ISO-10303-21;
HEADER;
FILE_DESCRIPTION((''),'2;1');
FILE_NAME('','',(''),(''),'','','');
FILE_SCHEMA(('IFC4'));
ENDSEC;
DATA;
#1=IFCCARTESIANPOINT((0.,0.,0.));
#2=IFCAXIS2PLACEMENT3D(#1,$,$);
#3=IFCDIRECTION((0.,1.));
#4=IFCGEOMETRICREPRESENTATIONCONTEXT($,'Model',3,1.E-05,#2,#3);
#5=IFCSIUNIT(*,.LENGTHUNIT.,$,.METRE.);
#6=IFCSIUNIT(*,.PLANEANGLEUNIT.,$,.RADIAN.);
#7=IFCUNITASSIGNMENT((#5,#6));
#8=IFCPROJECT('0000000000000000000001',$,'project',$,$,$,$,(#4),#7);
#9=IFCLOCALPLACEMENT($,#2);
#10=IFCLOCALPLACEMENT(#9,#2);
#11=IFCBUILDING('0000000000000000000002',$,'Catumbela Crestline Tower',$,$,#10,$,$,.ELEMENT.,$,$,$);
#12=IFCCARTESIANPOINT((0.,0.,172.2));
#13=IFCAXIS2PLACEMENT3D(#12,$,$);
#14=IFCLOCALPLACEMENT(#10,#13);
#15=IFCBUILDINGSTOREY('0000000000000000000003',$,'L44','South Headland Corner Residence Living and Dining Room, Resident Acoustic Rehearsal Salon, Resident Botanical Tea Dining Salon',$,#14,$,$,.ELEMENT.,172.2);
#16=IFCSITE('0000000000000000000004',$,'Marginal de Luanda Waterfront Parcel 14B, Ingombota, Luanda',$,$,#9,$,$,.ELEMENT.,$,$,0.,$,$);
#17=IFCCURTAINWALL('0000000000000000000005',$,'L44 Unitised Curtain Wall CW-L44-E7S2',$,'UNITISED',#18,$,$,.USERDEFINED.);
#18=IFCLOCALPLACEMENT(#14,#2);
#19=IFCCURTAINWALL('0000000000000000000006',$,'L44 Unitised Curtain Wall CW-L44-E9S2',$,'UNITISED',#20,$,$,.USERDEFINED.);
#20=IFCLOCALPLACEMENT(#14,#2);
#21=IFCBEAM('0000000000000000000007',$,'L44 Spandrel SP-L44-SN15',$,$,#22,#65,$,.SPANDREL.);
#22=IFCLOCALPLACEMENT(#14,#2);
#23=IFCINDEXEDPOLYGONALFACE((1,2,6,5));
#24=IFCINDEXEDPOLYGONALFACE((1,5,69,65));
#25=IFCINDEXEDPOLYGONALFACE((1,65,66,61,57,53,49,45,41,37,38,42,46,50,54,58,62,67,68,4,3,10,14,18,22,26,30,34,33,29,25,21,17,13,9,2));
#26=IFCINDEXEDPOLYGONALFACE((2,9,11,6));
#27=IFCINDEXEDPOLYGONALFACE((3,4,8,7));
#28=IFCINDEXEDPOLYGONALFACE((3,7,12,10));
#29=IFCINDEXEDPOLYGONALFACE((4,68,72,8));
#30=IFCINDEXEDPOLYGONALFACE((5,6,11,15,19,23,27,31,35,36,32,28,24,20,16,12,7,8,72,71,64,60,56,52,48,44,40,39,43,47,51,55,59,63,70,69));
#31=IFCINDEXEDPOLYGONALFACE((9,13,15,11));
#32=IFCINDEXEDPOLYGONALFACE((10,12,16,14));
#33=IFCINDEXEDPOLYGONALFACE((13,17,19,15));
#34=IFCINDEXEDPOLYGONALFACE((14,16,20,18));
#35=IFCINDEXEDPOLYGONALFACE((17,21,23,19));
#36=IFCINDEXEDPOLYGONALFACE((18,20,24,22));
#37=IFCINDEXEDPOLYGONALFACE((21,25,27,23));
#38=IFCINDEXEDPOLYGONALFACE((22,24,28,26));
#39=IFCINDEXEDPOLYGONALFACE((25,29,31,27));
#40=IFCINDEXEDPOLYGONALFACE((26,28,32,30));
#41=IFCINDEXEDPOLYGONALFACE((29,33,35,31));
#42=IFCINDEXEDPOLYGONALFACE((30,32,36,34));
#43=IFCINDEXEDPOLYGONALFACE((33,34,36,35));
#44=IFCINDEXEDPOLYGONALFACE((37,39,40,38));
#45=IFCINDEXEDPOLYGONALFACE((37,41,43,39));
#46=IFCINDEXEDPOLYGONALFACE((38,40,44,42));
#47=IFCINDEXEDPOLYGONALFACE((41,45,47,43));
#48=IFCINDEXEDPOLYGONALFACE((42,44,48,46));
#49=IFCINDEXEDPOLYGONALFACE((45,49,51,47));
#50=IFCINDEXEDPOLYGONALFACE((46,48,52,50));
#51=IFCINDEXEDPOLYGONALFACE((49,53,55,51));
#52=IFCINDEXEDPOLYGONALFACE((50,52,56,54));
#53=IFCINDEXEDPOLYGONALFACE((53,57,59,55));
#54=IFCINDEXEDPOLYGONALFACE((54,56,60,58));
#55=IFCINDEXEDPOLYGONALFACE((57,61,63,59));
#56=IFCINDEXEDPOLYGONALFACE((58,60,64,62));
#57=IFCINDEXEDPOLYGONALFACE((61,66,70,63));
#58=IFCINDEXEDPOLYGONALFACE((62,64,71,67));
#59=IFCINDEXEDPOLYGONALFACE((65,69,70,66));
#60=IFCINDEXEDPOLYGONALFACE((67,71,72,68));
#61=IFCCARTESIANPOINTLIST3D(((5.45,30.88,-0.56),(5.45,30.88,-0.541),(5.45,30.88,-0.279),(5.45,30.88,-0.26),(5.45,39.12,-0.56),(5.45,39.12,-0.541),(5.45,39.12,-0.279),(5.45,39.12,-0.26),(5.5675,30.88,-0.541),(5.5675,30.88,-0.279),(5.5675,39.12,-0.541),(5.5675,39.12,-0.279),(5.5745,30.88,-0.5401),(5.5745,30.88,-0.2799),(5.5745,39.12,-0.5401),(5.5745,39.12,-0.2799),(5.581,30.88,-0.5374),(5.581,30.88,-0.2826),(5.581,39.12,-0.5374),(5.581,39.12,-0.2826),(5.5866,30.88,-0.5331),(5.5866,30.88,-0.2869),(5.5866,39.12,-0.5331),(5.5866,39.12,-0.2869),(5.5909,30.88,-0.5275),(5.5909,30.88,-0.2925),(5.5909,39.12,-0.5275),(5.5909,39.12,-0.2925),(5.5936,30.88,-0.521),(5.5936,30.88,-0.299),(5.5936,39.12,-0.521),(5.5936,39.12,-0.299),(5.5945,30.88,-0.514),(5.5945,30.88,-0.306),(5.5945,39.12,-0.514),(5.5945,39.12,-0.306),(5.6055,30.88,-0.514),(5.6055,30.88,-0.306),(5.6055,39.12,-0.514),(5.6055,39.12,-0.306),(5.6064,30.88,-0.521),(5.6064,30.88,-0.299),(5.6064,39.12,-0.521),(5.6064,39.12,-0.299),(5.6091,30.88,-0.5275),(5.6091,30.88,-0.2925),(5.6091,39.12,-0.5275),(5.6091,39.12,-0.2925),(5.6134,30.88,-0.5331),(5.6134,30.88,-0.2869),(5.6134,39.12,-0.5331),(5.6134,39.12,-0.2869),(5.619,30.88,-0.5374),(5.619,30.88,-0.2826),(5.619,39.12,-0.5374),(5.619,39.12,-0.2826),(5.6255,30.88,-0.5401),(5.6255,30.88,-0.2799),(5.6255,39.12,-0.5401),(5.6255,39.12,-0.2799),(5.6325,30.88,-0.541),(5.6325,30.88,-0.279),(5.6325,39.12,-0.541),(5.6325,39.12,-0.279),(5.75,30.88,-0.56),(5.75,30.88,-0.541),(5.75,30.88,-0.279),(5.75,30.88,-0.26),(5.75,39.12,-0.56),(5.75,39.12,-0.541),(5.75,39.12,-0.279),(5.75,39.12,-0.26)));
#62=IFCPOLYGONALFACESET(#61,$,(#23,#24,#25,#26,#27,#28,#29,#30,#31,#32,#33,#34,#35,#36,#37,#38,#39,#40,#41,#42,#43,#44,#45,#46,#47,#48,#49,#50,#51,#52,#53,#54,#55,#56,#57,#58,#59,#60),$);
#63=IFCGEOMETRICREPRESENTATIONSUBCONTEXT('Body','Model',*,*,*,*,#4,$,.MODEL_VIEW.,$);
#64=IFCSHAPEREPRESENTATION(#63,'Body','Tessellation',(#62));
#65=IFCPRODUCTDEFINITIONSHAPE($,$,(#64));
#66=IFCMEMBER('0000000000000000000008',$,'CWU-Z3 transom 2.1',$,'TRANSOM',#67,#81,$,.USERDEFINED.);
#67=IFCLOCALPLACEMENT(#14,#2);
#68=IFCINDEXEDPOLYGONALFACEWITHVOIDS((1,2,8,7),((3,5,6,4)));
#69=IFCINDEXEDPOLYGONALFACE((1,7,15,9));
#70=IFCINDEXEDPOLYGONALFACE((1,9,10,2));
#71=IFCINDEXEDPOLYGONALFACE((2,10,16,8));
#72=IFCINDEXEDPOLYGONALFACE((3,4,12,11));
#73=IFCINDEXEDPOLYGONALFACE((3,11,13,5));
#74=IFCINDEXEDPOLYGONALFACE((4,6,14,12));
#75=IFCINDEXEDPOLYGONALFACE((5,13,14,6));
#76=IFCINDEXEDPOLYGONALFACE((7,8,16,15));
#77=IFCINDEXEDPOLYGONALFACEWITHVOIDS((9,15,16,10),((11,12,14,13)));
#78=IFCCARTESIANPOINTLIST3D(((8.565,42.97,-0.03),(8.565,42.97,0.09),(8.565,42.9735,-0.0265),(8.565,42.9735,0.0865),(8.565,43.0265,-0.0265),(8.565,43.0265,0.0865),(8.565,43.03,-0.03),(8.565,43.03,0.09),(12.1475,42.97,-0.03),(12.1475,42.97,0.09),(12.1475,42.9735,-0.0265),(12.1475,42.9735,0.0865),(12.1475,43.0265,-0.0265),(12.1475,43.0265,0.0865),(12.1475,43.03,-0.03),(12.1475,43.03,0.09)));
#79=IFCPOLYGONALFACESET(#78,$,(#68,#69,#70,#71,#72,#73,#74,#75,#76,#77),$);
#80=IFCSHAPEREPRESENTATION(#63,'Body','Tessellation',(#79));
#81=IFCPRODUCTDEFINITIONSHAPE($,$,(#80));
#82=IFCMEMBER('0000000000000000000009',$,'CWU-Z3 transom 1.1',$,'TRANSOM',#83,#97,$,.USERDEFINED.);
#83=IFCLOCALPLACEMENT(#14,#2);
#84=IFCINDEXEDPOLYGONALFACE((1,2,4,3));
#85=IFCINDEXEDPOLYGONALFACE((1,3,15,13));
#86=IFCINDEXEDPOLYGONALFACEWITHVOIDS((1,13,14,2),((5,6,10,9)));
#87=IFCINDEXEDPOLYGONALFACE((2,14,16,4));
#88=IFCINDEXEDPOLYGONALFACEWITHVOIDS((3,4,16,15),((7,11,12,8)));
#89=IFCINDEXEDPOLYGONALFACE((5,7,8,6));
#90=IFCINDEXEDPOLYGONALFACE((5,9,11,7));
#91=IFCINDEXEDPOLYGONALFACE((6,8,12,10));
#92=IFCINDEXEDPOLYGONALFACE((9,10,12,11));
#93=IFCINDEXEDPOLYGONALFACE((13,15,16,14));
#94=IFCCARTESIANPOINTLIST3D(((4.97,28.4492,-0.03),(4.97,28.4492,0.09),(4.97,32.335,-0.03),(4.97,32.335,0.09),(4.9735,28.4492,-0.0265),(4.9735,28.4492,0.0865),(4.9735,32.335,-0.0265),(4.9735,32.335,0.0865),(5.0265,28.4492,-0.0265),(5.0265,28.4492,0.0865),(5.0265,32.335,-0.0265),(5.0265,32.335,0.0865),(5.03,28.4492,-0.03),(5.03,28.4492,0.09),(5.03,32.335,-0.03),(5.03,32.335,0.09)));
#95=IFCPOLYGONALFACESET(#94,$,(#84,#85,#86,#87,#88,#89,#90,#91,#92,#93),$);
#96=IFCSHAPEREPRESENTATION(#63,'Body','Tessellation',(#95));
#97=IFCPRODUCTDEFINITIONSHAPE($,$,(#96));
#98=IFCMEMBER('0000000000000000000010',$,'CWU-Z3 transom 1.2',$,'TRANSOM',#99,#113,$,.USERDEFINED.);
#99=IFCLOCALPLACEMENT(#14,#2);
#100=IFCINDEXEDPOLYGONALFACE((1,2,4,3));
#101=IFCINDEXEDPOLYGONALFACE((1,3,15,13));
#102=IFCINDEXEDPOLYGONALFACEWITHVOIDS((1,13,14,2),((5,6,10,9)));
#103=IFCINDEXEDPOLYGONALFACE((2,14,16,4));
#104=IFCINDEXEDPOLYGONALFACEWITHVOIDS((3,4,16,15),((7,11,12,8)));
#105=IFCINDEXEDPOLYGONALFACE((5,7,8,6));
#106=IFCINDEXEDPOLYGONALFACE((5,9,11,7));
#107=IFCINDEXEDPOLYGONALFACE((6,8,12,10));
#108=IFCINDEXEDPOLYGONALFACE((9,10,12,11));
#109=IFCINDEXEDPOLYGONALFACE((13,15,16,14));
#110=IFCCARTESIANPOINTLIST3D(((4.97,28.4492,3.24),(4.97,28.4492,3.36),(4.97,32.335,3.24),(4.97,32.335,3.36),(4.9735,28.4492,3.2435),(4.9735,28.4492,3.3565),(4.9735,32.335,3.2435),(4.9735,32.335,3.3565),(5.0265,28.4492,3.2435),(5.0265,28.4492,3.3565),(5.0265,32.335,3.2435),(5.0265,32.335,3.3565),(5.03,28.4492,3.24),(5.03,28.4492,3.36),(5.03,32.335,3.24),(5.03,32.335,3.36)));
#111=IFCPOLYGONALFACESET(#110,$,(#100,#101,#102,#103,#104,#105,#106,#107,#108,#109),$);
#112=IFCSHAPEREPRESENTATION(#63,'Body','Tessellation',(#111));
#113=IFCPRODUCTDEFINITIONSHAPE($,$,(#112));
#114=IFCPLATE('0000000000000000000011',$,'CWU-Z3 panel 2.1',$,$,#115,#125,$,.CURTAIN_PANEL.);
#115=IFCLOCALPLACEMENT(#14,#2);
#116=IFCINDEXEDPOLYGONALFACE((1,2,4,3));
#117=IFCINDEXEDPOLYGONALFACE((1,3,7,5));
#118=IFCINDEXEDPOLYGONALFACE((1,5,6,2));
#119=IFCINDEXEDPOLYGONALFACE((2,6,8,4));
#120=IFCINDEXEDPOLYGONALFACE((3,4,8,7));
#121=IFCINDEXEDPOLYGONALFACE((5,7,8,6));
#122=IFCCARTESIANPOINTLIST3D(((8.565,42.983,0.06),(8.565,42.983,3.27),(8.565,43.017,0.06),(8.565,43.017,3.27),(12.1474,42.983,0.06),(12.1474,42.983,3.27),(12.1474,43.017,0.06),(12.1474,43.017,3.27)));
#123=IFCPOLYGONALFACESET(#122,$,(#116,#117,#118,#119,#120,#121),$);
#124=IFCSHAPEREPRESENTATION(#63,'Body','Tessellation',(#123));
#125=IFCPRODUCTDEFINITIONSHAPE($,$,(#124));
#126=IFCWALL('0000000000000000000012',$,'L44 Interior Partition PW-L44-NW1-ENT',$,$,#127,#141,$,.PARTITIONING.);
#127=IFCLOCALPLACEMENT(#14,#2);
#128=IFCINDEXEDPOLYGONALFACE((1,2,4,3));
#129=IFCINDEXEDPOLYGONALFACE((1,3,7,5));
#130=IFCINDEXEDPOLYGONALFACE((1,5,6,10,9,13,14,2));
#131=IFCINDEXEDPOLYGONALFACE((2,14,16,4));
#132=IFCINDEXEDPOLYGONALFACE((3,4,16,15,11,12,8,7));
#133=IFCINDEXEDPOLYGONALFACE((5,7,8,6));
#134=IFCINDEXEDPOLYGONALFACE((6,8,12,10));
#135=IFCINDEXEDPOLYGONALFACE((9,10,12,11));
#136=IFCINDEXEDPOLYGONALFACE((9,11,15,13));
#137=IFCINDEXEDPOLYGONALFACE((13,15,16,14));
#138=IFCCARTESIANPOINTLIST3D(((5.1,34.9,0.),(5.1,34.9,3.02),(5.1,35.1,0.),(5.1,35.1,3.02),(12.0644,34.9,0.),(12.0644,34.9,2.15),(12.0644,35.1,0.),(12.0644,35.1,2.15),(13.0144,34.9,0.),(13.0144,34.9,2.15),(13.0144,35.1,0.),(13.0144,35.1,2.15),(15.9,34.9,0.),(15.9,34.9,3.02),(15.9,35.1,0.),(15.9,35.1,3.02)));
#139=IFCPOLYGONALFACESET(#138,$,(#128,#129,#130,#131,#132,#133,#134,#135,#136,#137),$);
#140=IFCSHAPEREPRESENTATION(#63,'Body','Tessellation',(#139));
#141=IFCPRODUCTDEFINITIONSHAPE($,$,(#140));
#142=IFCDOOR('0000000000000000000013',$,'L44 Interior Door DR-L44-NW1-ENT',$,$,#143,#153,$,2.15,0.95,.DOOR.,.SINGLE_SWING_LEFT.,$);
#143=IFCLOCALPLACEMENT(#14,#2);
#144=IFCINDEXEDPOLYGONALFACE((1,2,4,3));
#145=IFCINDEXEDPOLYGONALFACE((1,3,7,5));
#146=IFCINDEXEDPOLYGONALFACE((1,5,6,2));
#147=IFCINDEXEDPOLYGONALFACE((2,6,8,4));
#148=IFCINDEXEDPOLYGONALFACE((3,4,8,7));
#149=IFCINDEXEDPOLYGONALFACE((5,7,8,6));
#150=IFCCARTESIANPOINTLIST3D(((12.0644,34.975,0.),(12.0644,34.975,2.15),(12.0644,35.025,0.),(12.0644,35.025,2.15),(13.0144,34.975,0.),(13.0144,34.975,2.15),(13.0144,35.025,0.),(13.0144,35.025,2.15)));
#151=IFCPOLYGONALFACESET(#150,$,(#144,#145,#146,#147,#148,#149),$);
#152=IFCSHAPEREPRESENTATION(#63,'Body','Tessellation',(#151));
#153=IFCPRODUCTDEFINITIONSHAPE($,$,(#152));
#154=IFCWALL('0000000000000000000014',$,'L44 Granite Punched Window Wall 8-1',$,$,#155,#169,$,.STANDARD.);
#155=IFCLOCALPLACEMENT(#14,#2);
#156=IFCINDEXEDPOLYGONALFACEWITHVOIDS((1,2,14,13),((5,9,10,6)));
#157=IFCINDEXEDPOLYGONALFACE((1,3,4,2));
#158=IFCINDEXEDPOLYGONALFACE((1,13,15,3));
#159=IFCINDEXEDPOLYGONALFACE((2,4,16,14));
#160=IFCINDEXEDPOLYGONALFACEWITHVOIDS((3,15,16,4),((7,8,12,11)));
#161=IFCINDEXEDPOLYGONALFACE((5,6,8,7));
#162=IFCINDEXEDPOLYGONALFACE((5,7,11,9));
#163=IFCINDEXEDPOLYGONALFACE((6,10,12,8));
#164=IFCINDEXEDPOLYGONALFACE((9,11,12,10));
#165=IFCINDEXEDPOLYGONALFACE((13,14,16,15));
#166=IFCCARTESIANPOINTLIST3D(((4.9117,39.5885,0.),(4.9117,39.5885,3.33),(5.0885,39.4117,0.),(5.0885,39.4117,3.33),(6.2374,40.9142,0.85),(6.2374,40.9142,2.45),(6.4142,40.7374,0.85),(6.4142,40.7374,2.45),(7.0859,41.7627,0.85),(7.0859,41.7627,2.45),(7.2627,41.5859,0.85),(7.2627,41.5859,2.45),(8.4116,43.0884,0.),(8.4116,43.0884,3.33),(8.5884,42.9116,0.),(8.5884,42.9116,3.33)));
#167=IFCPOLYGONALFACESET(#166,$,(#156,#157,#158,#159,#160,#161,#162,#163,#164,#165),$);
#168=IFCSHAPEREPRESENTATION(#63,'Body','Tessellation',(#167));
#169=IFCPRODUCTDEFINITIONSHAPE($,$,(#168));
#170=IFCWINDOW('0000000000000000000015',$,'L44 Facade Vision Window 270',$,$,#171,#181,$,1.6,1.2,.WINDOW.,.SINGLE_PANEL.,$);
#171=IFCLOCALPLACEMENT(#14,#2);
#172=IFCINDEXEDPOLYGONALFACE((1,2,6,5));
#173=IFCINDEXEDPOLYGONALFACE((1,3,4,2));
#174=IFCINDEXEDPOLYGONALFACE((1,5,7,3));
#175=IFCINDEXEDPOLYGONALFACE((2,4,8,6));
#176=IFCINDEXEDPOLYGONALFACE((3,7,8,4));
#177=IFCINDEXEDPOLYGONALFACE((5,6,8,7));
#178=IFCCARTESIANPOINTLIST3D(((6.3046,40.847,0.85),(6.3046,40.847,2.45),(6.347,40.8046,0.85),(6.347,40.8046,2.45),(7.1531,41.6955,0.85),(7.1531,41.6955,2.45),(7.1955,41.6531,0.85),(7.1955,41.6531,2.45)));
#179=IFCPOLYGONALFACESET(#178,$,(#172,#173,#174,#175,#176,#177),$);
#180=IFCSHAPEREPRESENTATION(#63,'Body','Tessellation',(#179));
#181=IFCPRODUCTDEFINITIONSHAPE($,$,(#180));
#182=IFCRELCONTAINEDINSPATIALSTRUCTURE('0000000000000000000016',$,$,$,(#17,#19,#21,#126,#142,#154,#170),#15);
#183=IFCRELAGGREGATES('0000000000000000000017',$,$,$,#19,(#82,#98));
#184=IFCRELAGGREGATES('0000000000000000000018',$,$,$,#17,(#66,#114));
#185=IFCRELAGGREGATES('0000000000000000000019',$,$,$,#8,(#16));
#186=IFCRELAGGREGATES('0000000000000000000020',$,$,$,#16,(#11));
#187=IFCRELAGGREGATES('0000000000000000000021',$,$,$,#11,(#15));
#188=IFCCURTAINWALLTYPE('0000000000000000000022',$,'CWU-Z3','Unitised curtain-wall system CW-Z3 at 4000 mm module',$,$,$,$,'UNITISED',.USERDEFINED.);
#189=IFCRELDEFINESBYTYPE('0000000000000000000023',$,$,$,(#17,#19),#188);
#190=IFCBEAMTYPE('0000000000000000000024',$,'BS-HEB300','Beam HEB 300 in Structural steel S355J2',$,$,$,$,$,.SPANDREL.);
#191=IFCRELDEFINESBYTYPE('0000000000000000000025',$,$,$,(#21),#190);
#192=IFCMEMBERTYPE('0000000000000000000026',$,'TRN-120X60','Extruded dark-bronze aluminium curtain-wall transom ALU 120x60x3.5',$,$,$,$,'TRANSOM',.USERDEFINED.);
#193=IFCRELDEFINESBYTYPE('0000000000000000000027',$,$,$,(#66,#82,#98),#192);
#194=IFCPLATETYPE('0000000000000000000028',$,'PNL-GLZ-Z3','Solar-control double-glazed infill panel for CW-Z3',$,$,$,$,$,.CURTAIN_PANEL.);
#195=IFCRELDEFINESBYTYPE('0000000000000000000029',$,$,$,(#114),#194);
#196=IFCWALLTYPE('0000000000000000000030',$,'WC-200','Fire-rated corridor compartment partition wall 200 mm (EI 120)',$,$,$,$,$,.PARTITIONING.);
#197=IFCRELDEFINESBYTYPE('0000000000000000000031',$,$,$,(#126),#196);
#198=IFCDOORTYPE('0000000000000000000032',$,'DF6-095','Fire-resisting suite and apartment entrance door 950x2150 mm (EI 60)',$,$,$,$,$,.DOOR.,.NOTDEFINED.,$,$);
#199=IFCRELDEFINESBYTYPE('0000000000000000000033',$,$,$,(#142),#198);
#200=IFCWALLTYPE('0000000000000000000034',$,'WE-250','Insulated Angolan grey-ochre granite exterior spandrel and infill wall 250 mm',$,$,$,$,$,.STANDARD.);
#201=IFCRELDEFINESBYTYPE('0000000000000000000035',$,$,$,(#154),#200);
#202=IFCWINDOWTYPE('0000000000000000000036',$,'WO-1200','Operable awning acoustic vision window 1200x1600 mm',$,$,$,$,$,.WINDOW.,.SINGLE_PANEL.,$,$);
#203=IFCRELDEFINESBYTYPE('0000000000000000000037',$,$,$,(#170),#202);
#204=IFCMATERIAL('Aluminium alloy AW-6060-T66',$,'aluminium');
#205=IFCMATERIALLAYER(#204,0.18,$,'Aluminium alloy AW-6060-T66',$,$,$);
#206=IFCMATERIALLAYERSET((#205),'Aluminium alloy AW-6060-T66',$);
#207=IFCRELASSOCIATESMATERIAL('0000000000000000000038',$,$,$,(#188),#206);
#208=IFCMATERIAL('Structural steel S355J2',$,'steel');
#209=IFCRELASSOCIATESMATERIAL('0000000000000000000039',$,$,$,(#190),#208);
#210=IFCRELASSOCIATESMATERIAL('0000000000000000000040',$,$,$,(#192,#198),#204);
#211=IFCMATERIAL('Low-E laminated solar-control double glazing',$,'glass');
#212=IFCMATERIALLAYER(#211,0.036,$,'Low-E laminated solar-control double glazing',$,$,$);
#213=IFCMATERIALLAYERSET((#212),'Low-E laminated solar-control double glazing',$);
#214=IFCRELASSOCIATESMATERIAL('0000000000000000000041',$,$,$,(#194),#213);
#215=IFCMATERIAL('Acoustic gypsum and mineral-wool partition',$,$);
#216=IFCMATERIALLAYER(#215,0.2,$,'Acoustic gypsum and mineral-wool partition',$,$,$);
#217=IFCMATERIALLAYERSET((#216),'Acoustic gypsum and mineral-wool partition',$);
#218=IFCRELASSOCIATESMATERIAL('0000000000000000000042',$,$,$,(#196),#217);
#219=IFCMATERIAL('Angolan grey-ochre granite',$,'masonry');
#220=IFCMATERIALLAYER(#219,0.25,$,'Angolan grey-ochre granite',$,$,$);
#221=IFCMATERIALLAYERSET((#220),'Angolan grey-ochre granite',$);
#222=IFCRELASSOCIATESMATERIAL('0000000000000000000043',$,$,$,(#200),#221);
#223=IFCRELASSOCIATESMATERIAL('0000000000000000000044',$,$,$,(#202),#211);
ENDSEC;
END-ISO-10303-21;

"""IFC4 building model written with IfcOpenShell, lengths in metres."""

from ifc_helpers import new_model, si_unit, direction, frame, frame_2d, origin, origin_2d, place, context, subcontext, project, spatial, rectangle, hollow_rectangle, i_section, extrude, material, layer, layer_set, material_profile, profile_set, type_object, element, fill, aggregate, save


model = new_model("IFC4")

# Units and contexts
model_context = context("Model", 3, precision=1e-05, world=origin(), true_north=direction((0.0, 1.0)))
body_context = subcontext(model_context, "Body", "Model", "MODEL_VIEW")
ifc_project = project(units=[si_unit("LENGTHUNIT", "METRE"), si_unit("PLANEANGLEUNIT", "RADIAN")], contexts=[model_context])

# Site, building, storey
site_placement = place(None, origin())
site = spatial("IfcSite", under=ifc_project, at=site_placement, Name="Marginal de Luanda Waterfront Parcel 14B, Ingombota, Luanda", CompositionType="ELEMENT", RefElevation=0.0)
building_placement = place(site_placement, origin())
building = spatial("IfcBuilding", under=site, at=building_placement, Name="Catumbela Crestline Tower", CompositionType="ELEMENT")
storey_placement = place(building_placement, frame((0.0, 0.0, 172.2)))
storey = spatial("IfcBuildingStorey", under=building, at=storey_placement, Name="L44", Description="South Headland Corner Residence Living and Dining Room, Resident Acoustic Rehearsal Salon, Resident Botanical Tea Dining Salon", CompositionType="ELEMENT", Elevation=172.2)

# Shared definitions
ifc_material_1 = material(Name="Structural steel S355J2", Category="steel")

# Curtain walls
ifc_material_2 = material(Name="Aluminium alloy AW-6060-T66", Category="aluminium")
ifc_layer_1 = layer(ifc_material_2, 0.18, Name="Aluminium alloy AW-6060-T66")
ifc_layer_set_1 = layer_set([ifc_layer_1], Name="Aluminium alloy AW-6060-T66")
curtain_wall_type = type_object("IfcCurtainWallType", Name="CWU-Z3", Description="Unitised curtain-wall system CW-Z3 at 4000 mm module", ElementType="UNITISED", PredefinedType="USERDEFINED", material=ifc_layer_set_1)
curtain_wall_1_placement = place(storey_placement, origin())
curtain_wall_1 = element("IfcCurtainWall", 1, at=curtain_wall_1_placement, inside=storey, type_object=curtain_wall_type, Name="L44 Unitised Curtain Wall CW-L44-E7S2", ObjectType="UNITISED", PredefinedType="USERDEFINED")
curtain_wall_2_placement = place(storey_placement, origin())
curtain_wall_2 = element("IfcCurtainWall", 2, at=curtain_wall_2_placement, inside=storey, type_object=curtain_wall_type, Name="L44 Unitised Curtain Wall CW-L44-E9S2", ObjectType="UNITISED", PredefinedType="USERDEFINED")

# Beam
ifc_material_profile_1 = material_profile(ifc_material_1, i_section(OverallWidth=0.3, OverallDepth=0.3, WebThickness=0.011, FlangeThickness=0.019, FilletRadius=0.027, at=origin_2d()), Name="HEB 300")
ifc_profile_set_1 = profile_set([ifc_material_profile_1], Name="Structural steel S355J2")
beam_type_1 = type_object("IfcBeamType", Name="BS-HEB300", Description="Beam HEB 300 in Structural steel S355J2", PredefinedType="SPANDREL", material=ifc_profile_set_1)
beam_1_placement = place(storey_placement, frame((5.6, 30.88, -0.41), z_axis=(0.0, 1.0, 0.0), x_axis=(-1.0, 0.0, 0.0)))
element("IfcBeam", 3, at=beam_1_placement, inside=storey, type_object=beam_type_1, Name="L44 Spandrel SP-L44-SN15", PredefinedType="SPANDREL", context=body_context, shape_type="SweptSolid", body=[
    extrude(i_section(OverallWidth=0.3, OverallDepth=0.3, WebThickness=0.011, FlangeThickness=0.019, FilletRadius=0.027, at=origin_2d()), origin(), (0.0, 0.0, 1.0), 8.24),
])

# Members
ifc_material_profile_2 = material_profile(ifc_material_2, hollow_rectangle(XDim=0.06, YDim=0.12, WallThickness=0.0035, at=origin_2d()), Name="ALU 120x60x3.5")
ifc_profile_set_2 = profile_set([ifc_material_profile_2], Name="Aluminium alloy AW-6060-T66")
member_type_1 = type_object("IfcMemberType", Name="TRN-120X60", Description="Extruded dark-bronze aluminium curtain-wall transom ALU 120x60x3.5", ElementType="TRANSOM", PredefinedType="USERDEFINED", material=ifc_profile_set_2)
member_1_placement = place(storey_placement, frame((12.1475, 43.0, 0.03), z_axis=(-1.0, 0.0, 0.0), x_axis=(0.0, -1.0, 0.0)))
member_1 = element("IfcMember", 4, at=member_1_placement, type_object=member_type_1, Name="CWU-Z3 transom 2.1", ObjectType="TRANSOM", PredefinedType="USERDEFINED", context=body_context, shape_type="SweptSolid", body=[
    extrude(hollow_rectangle(XDim=0.06, YDim=0.12, WallThickness=0.0035, at=origin_2d()), origin(), (0.0, 0.0, 1.0), 3.5825),
])
member_2_placement = place(storey_placement, frame((5.0, 32.335, 0.03), z_axis=(0.0, -1.0, 0.0), x_axis=(1.0, 0.0, 0.0)))
member_2 = element("IfcMember", 5, at=member_2_placement, type_object=member_type_1, Name="CWU-Z3 transom 1.1", ObjectType="TRANSOM", PredefinedType="USERDEFINED", context=body_context, shape_type="SweptSolid", body=[
    extrude(hollow_rectangle(XDim=0.06, YDim=0.12, WallThickness=0.0035, at=origin_2d()), origin(), (0.0, 0.0, 1.0), 3.8858),
])
member_3_placement = place(storey_placement, frame((5.0, 32.335, 3.3), z_axis=(0.0, -1.0, 0.0), x_axis=(1.0, 0.0, 0.0)))
member_3 = element("IfcMember", 6, at=member_3_placement, type_object=member_type_1, Name="CWU-Z3 transom 1.2", ObjectType="TRANSOM", PredefinedType="USERDEFINED", context=body_context, shape_type="SweptSolid", body=[
    extrude(hollow_rectangle(XDim=0.06, YDim=0.12, WallThickness=0.0035, at=origin_2d()), origin(), (0.0, 0.0, 1.0), 3.8858),
])
aggregate(curtain_wall_2, [member_2, member_3])

# Plate
ifc_material_3 = material(Name="Low-E laminated solar-control double glazing", Category="glass")
ifc_layer_2 = layer(ifc_material_3, 0.036, Name="Low-E laminated solar-control double glazing")
ifc_layer_set_2 = layer_set([ifc_layer_2], Name="Low-E laminated solar-control double glazing")
plate_type = type_object("IfcPlateType", Name="PNL-GLZ-Z3", Description="Solar-control double-glazed infill panel for CW-Z3", PredefinedType="CURTAIN_PANEL", material=ifc_layer_set_2)
plate_placement = place(storey_placement, frame((10.3562, 43.0, 0.06), z_axis=(0.0, 0.0, 1.0), x_axis=(-1.0, 0.0, 0.0)))
plate = element("IfcPlate", 7, at=plate_placement, type_object=plate_type, Name="CWU-Z3 panel 2.1", PredefinedType="CURTAIN_PANEL", context=body_context, shape_type="SweptSolid", body=[
    extrude(rectangle(XDim=3.5825, YDim=0.034, at=origin_2d()), origin(), (0.0, 0.0, 1.0), 3.21),
])
aggregate(curtain_wall_1, [member_1, plate])

# Wall, opening, door
ifc_material_4 = material(Name="Acoustic gypsum and mineral-wool partition")
ifc_layer_3 = layer(ifc_material_4, 0.2, Name="Acoustic gypsum and mineral-wool partition")
ifc_layer_set_3 = layer_set([ifc_layer_3], Name="Acoustic gypsum and mineral-wool partition")
wall_type_1 = type_object("IfcWallType", Name="WC-200", Description="Fire-rated corridor compartment partition wall 200 mm (EI 120)", PredefinedType="PARTITIONING", material=ifc_layer_set_3)
wall_1_placement = place(storey_placement, frame((5.1, 35.0, 0.0), z_axis=(0.0, 0.0, 1.0), x_axis=(1.0, 0.0, 0.0)))
wall_1 = element("IfcWall", 8, at=wall_1_placement, inside=storey, type_object=wall_type_1, Name="L44 Interior Partition PW-L44-NW1-ENT", PredefinedType="PARTITIONING", context=body_context, shape_type="SweptSolid", body=[
    extrude(rectangle(XDim=10.8, YDim=0.2, at=frame_2d((5.4, 0.0))), origin(), (0.0, 0.0, 1.0), 3.02),
])
opening_1_placement = place(wall_1_placement, frame((6.9644, 0.0, 0.0)))
opening_1 = element("IfcOpeningElement", 9, at=opening_1_placement, cuts=wall_1, PredefinedType="OPENING", context=body_context, shape_type="SweptSolid", body=[
    extrude(rectangle(XDim=0.95, YDim=2.15, at=frame_2d((0.475, 1.075))), frame((0.0, 0.11, 0.0), z_axis=(0.0, -1.0, 0.0), x_axis=(1.0, 0.0, 0.0)), (0.0, 0.0, 1.0), 0.22),
])
door_type_1 = type_object("IfcDoorType", Name="DF6-095", Description="Fire-resisting suite and apartment entrance door 950x2150 mm (EI 60)", OperationType="NOTDEFINED", PredefinedType="DOOR", material=ifc_material_2)
door_1_placement = place(opening_1_placement, origin())
door_1 = element("IfcDoor", 10, at=door_1_placement, inside=storey, type_object=door_type_1, Name="L44 Interior Door DR-L44-NW1-ENT", OperationType="SINGLE_SWING_LEFT", OverallHeight=2.15, OverallWidth=0.95, PredefinedType="DOOR", context=body_context, shape_type="SweptSolid", body=[
    extrude(rectangle(XDim=0.95, YDim=2.15, at=frame_2d((0.475, 1.075))), frame((0.0, 0.025, 0.0), z_axis=(0.0, -1.0, 0.0), x_axis=(1.0, 0.0, 0.0)), (0.0, 0.0, 1.0), 0.05),
])
fill(opening_1, door_1)

# Wall, opening, window
ifc_material_5 = material(Name="Angolan grey-ochre granite", Category="masonry")
ifc_layer_4 = layer(ifc_material_5, 0.25, Name="Angolan grey-ochre granite")
ifc_layer_set_4 = layer_set([ifc_layer_4], Name="Angolan grey-ochre granite")
wall_type_2 = type_object("IfcWallType", Name="WE-250", Description="Insulated Angolan grey-ochre granite exterior spandrel and infill wall 250 mm", PredefinedType="STANDARD", material=ifc_layer_set_4)
wall_2_placement = place(storey_placement, frame((8.5, 43.0, 0.0), z_axis=(0.0, 0.0, 1.0), x_axis=(-0.707107, -0.707107, 0.0)))
wall_2 = element("IfcWall", 11, at=wall_2_placement, inside=storey, type_object=wall_type_2, Name="L44 Granite Punched Window Wall 8-1", PredefinedType="STANDARD", context=body_context, shape_type="SweptSolid", body=[
    extrude(rectangle(XDim=4.9497, YDim=0.25, at=frame_2d((2.4748, 0.0))), origin(), (0.0, 0.0, 1.0), 3.33),
])
opening_2_placement = place(wall_2_placement, frame((1.8748, 0.0, 0.85)))
opening_2 = element("IfcOpeningElement", 12, at=opening_2_placement, cuts=wall_2, PredefinedType="OPENING", context=body_context, shape_type="SweptSolid", body=[
    extrude(rectangle(XDim=1.2, YDim=1.6, at=frame_2d((0.6, 0.8))), frame((0.0, 0.135, 0.0), z_axis=(0.0, -1.0, 0.0), x_axis=(1.0, 0.0, 0.0)), (0.0, 0.0, 1.0), 0.27),
])
window_type = type_object("IfcWindowType", Name="WO-1200", Description="Operable awning acoustic vision window 1200x1600 mm", PartitioningType="SINGLE_PANEL", PredefinedType="WINDOW", material=ifc_material_3)
window_1_placement = place(opening_2_placement, origin())
window_1 = element("IfcWindow", 13, at=window_1_placement, inside=storey, type_object=window_type, Name="L44 Facade Vision Window 270", OverallHeight=1.6, OverallWidth=1.2, PartitioningType="SINGLE_PANEL", PredefinedType="WINDOW", context=body_context, shape_type="SweptSolid", body=[
    extrude(rectangle(XDim=1.2, YDim=1.6, at=frame_2d((0.6, 0.8))), frame((0.0, 0.03, 0.0), z_axis=(0.0, -1.0, 0.0), x_axis=(1.0, 0.0, 0.0)), (0.0, 0.0, 1.0), 0.06),
])
fill(opening_2, window_1)

save(model, "model.ifc")
